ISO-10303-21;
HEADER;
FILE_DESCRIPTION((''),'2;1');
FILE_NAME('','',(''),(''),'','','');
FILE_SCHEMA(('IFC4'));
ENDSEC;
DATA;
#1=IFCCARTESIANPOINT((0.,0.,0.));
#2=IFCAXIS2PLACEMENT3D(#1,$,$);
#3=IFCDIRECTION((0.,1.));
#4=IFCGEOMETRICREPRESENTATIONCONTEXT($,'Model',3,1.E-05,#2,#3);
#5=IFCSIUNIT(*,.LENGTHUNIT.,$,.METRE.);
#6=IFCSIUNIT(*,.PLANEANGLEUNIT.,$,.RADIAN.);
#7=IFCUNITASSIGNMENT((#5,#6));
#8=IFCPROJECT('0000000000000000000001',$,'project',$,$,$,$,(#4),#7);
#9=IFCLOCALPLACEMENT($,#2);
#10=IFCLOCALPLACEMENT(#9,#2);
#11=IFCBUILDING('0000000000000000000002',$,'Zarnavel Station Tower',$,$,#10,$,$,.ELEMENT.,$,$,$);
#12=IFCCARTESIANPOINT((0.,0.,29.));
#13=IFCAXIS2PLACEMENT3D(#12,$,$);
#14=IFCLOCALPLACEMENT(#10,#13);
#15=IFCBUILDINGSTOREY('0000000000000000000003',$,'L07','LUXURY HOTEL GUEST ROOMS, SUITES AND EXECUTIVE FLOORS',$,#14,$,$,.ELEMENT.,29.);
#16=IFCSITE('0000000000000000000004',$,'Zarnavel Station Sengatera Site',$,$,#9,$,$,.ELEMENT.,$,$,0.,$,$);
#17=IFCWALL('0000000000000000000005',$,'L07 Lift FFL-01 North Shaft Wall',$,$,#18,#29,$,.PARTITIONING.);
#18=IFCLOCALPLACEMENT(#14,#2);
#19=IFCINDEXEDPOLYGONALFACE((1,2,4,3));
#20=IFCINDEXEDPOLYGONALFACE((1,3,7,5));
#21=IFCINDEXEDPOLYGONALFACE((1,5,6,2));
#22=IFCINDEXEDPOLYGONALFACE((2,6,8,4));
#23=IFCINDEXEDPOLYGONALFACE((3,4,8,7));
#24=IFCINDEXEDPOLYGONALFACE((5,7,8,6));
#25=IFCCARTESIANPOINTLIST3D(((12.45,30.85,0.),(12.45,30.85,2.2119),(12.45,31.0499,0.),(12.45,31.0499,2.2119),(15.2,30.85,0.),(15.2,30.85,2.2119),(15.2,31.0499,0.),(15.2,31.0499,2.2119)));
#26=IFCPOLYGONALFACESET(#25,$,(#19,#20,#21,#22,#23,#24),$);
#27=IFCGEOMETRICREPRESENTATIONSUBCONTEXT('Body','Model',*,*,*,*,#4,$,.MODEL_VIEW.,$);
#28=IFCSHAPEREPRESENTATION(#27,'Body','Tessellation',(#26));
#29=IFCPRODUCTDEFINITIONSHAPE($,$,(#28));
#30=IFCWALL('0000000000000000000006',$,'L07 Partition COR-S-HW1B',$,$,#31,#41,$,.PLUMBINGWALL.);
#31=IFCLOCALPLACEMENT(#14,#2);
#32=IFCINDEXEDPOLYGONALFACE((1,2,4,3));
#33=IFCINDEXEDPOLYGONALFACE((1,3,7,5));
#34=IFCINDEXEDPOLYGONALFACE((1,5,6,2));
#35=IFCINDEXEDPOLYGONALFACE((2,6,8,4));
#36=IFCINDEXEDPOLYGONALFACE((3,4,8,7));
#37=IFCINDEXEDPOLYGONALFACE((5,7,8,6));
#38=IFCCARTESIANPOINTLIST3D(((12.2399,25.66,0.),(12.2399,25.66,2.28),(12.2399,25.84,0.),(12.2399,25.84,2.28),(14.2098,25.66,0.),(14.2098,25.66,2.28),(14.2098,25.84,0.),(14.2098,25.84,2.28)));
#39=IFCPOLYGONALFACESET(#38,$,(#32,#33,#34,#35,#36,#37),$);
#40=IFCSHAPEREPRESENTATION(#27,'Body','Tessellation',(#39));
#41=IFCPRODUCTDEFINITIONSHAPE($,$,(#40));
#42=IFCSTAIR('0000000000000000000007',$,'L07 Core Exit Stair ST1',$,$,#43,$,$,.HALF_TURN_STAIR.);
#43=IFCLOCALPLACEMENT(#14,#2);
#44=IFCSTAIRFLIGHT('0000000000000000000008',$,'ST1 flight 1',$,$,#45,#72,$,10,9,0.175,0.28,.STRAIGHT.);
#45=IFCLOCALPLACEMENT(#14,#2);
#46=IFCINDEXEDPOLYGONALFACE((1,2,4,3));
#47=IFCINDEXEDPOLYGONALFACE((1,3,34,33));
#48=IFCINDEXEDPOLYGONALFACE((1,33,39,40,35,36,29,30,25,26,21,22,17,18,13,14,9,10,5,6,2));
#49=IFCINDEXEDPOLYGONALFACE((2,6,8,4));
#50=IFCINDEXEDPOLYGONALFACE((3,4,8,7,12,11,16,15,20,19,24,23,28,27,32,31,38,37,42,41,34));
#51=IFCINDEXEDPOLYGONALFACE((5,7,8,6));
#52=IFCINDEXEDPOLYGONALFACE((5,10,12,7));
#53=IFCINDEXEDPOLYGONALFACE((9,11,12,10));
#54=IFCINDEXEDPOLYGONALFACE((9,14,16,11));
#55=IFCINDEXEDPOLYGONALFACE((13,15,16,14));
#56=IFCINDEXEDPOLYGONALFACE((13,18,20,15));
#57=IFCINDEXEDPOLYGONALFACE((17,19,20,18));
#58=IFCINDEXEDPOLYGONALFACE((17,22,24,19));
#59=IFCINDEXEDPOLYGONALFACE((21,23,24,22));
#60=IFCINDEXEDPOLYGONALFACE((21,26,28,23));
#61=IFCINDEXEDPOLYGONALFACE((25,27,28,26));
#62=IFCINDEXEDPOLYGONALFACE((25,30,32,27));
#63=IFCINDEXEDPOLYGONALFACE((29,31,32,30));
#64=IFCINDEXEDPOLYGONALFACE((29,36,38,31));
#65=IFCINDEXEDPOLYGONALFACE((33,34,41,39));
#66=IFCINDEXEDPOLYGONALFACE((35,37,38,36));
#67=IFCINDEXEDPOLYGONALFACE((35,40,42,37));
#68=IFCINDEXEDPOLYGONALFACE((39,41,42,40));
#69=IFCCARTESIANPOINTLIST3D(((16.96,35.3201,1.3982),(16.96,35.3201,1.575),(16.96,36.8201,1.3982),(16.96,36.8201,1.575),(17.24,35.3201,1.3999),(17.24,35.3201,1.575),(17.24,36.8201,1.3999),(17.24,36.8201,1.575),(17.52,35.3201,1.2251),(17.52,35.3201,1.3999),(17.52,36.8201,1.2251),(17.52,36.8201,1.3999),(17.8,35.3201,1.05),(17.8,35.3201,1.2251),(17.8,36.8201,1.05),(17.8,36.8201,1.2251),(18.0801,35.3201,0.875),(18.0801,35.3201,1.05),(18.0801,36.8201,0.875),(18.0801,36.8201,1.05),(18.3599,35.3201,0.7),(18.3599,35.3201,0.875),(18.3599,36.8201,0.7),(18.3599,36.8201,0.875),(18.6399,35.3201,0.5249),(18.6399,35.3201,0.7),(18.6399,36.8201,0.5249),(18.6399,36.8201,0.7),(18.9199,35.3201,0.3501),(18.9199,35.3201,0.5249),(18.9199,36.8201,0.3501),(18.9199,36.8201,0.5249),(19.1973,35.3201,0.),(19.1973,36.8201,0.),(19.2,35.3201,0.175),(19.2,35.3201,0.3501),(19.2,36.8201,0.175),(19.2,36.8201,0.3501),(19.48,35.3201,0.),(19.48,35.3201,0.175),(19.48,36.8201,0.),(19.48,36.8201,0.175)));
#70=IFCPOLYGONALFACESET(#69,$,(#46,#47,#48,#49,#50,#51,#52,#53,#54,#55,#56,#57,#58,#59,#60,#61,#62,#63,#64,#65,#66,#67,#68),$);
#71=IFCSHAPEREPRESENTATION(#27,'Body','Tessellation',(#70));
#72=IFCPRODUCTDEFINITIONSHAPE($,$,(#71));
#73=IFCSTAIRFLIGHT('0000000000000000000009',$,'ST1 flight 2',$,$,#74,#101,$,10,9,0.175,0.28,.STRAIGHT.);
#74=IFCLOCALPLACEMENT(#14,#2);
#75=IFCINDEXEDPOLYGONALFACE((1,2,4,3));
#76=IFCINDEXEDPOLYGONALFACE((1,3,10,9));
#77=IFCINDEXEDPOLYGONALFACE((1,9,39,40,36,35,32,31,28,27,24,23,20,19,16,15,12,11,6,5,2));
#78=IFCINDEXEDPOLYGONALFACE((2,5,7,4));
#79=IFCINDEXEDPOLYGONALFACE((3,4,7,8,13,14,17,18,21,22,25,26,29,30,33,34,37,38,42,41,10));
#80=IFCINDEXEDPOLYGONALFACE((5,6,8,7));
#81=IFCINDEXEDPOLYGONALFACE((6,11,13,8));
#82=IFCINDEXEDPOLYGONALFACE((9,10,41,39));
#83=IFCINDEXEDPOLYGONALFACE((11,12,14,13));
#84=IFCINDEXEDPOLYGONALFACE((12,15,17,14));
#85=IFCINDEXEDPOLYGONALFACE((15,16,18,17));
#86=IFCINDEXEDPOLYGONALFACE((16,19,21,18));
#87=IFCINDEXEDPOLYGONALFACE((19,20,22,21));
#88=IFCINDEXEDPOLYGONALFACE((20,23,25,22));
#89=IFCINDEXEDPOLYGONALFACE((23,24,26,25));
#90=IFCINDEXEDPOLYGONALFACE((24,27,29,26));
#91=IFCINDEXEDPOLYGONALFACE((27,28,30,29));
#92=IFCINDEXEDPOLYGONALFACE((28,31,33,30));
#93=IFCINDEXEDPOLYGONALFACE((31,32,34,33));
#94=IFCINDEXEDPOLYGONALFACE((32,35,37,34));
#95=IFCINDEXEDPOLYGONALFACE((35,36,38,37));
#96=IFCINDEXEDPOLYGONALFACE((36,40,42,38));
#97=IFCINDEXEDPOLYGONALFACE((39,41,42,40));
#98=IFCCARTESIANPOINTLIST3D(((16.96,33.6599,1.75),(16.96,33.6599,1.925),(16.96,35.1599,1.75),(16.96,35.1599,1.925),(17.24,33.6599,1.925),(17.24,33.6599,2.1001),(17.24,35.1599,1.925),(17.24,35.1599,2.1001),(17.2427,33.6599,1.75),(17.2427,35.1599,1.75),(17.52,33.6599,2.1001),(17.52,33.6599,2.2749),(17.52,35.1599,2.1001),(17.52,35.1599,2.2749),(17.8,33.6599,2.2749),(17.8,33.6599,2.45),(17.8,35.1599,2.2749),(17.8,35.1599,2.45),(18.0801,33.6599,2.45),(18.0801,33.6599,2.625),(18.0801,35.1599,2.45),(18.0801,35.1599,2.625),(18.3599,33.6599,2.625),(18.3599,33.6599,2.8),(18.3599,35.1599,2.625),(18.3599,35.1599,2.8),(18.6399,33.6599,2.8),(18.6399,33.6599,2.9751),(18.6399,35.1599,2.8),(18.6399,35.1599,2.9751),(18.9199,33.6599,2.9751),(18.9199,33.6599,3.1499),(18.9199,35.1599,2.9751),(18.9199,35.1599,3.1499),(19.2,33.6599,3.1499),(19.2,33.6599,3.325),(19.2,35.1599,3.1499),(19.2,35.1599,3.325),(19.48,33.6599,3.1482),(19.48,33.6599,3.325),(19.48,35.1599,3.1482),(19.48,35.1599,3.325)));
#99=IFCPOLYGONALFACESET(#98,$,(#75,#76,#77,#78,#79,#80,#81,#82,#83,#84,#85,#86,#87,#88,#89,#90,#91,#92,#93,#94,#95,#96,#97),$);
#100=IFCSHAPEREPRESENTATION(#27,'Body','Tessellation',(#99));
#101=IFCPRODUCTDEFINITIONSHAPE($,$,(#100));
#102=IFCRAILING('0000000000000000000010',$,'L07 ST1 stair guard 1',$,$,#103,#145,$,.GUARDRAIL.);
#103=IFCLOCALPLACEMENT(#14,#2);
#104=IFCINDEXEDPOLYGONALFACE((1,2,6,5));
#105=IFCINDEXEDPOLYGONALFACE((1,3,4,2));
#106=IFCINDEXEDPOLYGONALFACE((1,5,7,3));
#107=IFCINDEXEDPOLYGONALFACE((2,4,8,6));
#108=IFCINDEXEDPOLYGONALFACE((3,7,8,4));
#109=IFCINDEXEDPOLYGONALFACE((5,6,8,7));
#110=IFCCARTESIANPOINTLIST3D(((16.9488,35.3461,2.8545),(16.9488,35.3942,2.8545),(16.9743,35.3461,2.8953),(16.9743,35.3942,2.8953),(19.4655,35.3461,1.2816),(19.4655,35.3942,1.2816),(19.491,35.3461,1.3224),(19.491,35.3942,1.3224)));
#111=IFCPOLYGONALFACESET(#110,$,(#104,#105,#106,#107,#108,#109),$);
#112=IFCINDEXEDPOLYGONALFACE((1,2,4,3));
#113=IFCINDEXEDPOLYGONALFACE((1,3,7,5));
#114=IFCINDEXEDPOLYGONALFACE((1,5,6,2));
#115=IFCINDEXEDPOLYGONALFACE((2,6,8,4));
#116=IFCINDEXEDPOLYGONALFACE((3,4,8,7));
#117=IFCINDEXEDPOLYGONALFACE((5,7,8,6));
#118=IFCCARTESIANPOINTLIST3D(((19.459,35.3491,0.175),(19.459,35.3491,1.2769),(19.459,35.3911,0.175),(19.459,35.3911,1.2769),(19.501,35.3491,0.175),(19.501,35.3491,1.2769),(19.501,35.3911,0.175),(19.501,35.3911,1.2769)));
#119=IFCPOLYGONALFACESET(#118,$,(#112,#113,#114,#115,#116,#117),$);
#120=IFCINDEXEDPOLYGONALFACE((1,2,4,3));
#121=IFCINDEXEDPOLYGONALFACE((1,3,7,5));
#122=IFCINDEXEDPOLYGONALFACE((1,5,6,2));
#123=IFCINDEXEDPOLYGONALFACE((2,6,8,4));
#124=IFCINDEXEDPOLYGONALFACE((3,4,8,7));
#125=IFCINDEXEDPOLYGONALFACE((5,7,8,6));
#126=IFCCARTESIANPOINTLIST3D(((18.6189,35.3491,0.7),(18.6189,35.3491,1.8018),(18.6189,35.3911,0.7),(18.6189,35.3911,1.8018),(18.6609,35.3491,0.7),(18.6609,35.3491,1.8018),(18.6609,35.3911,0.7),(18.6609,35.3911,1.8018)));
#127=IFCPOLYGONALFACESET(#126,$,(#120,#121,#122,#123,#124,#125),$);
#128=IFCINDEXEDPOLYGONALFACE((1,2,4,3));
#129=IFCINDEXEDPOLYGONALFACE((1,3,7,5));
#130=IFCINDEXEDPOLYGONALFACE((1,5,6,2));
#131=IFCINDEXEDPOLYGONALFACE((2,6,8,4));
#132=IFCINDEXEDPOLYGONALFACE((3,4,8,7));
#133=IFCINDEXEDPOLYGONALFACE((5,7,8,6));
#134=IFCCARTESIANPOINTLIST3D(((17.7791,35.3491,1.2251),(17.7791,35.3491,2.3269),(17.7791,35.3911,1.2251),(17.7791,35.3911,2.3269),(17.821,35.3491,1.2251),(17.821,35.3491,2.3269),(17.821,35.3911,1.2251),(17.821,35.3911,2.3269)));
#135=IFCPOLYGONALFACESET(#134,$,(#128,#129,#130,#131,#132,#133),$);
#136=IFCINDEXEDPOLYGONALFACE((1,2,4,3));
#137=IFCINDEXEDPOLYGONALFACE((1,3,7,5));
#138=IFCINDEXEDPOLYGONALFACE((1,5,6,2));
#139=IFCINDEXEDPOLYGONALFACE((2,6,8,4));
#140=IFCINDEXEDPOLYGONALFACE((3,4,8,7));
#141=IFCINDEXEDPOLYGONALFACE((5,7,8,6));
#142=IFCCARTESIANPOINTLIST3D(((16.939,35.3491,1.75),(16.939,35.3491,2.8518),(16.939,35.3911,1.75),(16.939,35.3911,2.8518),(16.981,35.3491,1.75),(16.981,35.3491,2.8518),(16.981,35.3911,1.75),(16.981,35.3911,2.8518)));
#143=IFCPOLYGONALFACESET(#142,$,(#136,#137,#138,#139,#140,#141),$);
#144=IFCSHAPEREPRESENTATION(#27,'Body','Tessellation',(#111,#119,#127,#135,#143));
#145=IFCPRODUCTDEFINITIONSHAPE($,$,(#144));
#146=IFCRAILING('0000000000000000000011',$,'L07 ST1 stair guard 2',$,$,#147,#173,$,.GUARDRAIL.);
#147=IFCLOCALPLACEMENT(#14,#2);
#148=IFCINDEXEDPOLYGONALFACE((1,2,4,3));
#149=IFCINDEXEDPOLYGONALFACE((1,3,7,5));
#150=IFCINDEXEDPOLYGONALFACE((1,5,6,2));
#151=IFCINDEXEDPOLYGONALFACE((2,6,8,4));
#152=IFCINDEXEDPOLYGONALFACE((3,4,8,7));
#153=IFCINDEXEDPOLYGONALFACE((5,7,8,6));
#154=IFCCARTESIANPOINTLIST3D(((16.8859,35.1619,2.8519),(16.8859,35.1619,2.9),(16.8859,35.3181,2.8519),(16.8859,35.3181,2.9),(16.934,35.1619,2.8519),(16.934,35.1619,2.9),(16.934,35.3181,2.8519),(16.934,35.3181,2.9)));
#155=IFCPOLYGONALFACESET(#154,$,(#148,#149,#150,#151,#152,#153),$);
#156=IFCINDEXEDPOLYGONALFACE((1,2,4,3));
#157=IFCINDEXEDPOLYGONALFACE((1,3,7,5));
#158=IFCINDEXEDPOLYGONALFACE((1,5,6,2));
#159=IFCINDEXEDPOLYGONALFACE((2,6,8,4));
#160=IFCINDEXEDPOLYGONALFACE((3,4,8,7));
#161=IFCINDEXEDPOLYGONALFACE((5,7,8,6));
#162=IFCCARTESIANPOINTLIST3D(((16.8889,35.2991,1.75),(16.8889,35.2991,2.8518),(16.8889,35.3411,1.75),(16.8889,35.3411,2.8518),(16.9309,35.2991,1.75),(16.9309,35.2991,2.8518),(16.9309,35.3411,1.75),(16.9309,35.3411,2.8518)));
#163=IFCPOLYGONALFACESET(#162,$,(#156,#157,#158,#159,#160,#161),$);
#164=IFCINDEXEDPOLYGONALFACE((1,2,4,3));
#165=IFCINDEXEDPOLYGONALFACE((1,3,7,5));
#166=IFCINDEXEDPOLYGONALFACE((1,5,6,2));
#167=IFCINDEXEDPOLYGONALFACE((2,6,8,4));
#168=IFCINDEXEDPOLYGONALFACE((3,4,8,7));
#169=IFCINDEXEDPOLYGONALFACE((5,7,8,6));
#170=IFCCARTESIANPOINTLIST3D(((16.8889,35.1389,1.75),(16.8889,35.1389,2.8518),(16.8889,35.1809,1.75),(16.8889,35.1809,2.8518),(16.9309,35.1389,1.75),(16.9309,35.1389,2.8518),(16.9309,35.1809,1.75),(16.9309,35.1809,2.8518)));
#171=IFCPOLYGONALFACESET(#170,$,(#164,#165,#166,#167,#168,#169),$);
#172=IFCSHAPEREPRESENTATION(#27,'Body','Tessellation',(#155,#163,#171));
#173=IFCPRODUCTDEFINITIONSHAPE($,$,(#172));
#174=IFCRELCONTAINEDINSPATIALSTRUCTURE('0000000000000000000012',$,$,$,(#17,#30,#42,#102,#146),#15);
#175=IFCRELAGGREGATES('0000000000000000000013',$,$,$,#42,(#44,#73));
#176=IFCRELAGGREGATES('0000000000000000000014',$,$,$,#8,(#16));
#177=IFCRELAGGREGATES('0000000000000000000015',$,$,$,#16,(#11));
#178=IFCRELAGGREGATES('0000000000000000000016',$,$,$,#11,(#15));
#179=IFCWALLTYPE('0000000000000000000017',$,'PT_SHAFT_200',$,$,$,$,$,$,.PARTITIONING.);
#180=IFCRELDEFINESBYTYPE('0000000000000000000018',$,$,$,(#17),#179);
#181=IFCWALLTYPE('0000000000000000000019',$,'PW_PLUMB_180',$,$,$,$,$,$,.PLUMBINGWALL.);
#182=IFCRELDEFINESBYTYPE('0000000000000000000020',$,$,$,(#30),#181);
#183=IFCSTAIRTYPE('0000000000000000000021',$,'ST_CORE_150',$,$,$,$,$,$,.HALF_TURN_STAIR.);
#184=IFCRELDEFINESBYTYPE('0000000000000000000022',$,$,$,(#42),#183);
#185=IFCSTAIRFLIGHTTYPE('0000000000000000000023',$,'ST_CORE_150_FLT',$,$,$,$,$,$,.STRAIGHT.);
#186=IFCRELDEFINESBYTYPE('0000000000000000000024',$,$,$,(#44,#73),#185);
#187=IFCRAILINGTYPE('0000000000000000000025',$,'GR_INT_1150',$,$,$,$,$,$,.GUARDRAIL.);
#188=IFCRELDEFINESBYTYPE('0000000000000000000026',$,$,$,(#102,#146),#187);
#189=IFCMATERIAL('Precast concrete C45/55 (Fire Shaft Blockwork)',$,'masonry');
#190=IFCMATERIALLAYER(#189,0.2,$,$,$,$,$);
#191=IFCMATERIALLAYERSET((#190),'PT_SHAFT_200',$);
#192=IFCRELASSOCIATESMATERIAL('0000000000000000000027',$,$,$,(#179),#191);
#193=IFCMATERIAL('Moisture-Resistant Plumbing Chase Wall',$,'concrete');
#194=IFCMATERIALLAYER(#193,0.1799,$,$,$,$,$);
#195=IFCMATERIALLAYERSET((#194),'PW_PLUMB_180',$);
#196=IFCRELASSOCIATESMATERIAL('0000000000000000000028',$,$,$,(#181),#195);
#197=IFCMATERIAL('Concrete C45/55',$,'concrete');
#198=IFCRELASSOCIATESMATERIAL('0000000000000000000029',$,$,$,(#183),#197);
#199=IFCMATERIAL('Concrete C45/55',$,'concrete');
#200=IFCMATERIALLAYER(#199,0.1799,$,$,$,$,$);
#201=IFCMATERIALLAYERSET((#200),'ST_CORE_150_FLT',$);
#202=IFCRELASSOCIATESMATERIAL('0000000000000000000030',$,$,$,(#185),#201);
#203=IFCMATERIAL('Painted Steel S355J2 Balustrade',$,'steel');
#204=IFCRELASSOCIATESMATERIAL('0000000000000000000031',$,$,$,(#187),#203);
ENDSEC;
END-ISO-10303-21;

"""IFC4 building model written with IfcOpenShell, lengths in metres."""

from ifc_helpers import new_model, si_unit, direction, frame, frame_2d, origin, origin_2d, place, context, subcontext, project, spatial, polyline, rectangle, outline, extrude, material, layer, layer_set, type_object, element, aggregate, save


model = new_model("IFC4")

# Units and contexts
model_context = context("Model", 3, precision=1e-05, world=origin(), true_north=direction((0.0, 1.0)))
body_context = subcontext(model_context, "Body", "Model", "MODEL_VIEW")
ifc_project = project(units=[si_unit("LENGTHUNIT", "METRE"), si_unit("PLANEANGLEUNIT", "RADIAN")], contexts=[model_context])

# Site, building, storey
site_placement = place(None, origin())
site = spatial("IfcSite", under=ifc_project, at=site_placement, Name="Zarnavel Station Sengatera Site", CompositionType="ELEMENT", RefElevation=0.0)
building_placement = place(site_placement, origin())
building = spatial("IfcBuilding", under=site, at=building_placement, Name="Zarnavel Station Tower", CompositionType="ELEMENT")
storey_placement = place(building_placement, frame((0.0, 0.0, 29.0)))
storey = spatial("IfcBuildingStorey", under=building, at=storey_placement, Name="L07", Description="LUXURY HOTEL GUEST ROOMS, SUITES AND EXECUTIVE FLOORS", CompositionType="ELEMENT", Elevation=29.0)

# Shared definitions
ifc_material_1 = material(Name="Precast concrete C45/55 (Fire Shaft Blockwork)", Category="masonry")
ifc_layer_1 = layer(ifc_material_1, 0.2)
ifc_layer_set_1 = layer_set([ifc_layer_1], Name="PT_SHAFT_200")
wall_type_1 = type_object("IfcWallType", Name="PT_SHAFT_200", PredefinedType="PARTITIONING", material=ifc_layer_set_1)

# Walls
wall_1_placement = place(storey_placement, frame((12.45, 30.95, 0.0), z_axis=(0.0, 0.0, 1.0), x_axis=(1.0, 0.0, 0.0)))
element("IfcWall", 1, at=wall_1_placement, inside=storey, type_object=wall_type_1, Name="L07 Lift FFL-01 North Shaft Wall", PredefinedType="PARTITIONING", context=body_context, shape_type="SweptSolid", body=[
    extrude(rectangle(XDim=2.75, YDim=0.2, at=frame_2d((1.375, 0.0))), origin(), (0.0, 0.0, 1.0), 2.2119),
])
ifc_material_2 = material(Name="Moisture-Resistant Plumbing Chase Wall", Category="concrete")
ifc_layer_2 = layer(ifc_material_2, 0.1799)
ifc_layer_set_2 = layer_set([ifc_layer_2], Name="PW_PLUMB_180")
wall_type_2 = type_object("IfcWallType", Name="PW_PLUMB_180", PredefinedType="PLUMBINGWALL", material=ifc_layer_set_2)
wall_2_placement = place(storey_placement, frame((12.24, 25.75, 0.0), z_axis=(0.0, 0.0, 1.0), x_axis=(1.0, 0.0, 0.0)))
element("IfcWall", 2, at=wall_2_placement, inside=storey, type_object=wall_type_2, Name="L07 Partition COR-S-HW1B", PredefinedType="PLUMBINGWALL", context=body_context, shape_type="SweptSolid", body=[
    extrude(rectangle(XDim=1.97, YDim=0.1799, at=frame_2d((0.9849, 0.0))), origin(), (0.0, 0.0, 1.0), 2.28),
])

# Stair, stair flights
ifc_material_3 = material(Name="Concrete C45/55", Category="concrete")
stair_type = type_object("IfcStairType", Name="ST_CORE_150", PredefinedType="HALF_TURN_STAIR", material=ifc_material_3)
stair_placement = place(storey_placement, origin())
stair = element("IfcStair", 3, at=stair_placement, inside=storey, type_object=stair_type, Name="L07 Core Exit Stair ST1", PredefinedType="HALF_TURN_STAIR")
ifc_material_4 = material(Name="Concrete C45/55", Category="concrete")
ifc_layer_3 = layer(ifc_material_4, 0.1799)
ifc_layer_set_3 = layer_set([ifc_layer_3], Name="ST_CORE_150_FLT")
stair_flight_type = type_object("IfcStairFlightType", Name="ST_CORE_150_FLT", PredefinedType="STRAIGHT", material=ifc_layer_set_3)
stair_flight_1_placement = place(storey_placement, frame((19.48, 36.0701, 0.0), z_axis=(0.0, 0.0, 1.0), x_axis=(-1.0, 0.0, 0.0)))
stair_flight_1 = element("IfcStairFlight", 4, at=stair_flight_1_placement, type_object=stair_flight_type, Name="ST1 flight 1", NumberOfRisers=10, NumberOfTreads=9, PredefinedType="STRAIGHT", RiserHeight=0.175, TreadLength=0.28, context=body_context, shape_type="SweptSolid", body=[
    extrude(outline(polyline([(0.0, 0.0), (0.0, 0.175), (0.28, 0.175), (0.28, 0.3501), (0.5601, 0.3501), (0.5601, 0.5249), (0.8401, 0.5249), (0.8401, 0.7), (1.1201, 0.7), (1.1201, 0.875), (1.3999, 0.875), (1.3999, 1.05), (1.6799, 1.05), (1.6799, 1.2251), (1.96, 1.2251), (1.96, 1.3999), (2.24, 1.3999), (2.24, 1.575), (2.52, 1.575), (2.52, 1.75), (2.52, 1.3982), (0.2827, 0.0), (0.0, 0.0)])), frame((0.0, 0.75, 0.0), z_axis=(0.0, -1.0, 0.0), x_axis=(1.0, 0.0, 0.0)), (0.0, 0.0, 1.0), 1.5),
])
stair_flight_2_placement = place(storey_placement, frame((16.96, 34.4099, 1.75), z_axis=(0.0, 0.0, 1.0), x_axis=(1.0, 0.0, 0.0)))
stair_flight_2 = element("IfcStairFlight", 5, at=stair_flight_2_placement, type_object=stair_flight_type, Name="ST1 flight 2", NumberOfRisers=10, NumberOfTreads=9, PredefinedType="STRAIGHT", RiserHeight=0.175, TreadLength=0.28, context=body_context, shape_type="SweptSolid", body=[
    extrude(outline(polyline([(0.0, 0.0), (0.0, 0.175), (0.28, 0.175), (0.28, 0.3501), (0.5601, 0.3501), (0.5601, 0.5249), (0.8401, 0.5249), (0.8401, 0.7), (1.1201, 0.7), (1.1201, 0.875), (1.3999, 0.875), (1.3999, 1.05), (1.6799, 1.05), (1.6799, 1.2251), (1.96, 1.2251), (1.96, 1.3999), (2.24, 1.3999), (2.24, 1.575), (2.52, 1.575), (2.52, 1.75), (2.52, 1.3982), (0.2827, 0.0), (0.0, 0.0)])), frame((0.0, 0.75, 0.0), z_axis=(0.0, -1.0, 0.0), x_axis=(1.0, 0.0, 0.0)), (0.0, 0.0, 1.0), 1.5),
])
aggregate(stair, [stair_flight_1, stair_flight_2])

# Railings
ifc_material_5 = material(Name="Painted Steel S355J2 Balustrade", Category="steel")
railing_type_1 = type_object("IfcRailingType", Name="GR_INT_1150", PredefinedType="GUARDRAIL", material=ifc_material_5)
railing_1_placement = place(storey_placement, frame((19.48, 35.3701, 0.175)))
element("IfcRailing", 6, at=railing_1_placement, inside=storey, type_object=railing_type_1, Name="L07 ST1 stair guard 1", PredefinedType="GUARDRAIL", context=body_context, shape_type="SweptSolid", body=[
    extrude(rectangle(XDim=0.0481, YDim=0.0481, at=origin_2d()), frame((-0.0017, 0.0, 1.127), z_axis=(-0.848008, 0.0, 0.529984), x_axis=(0.0, -1.0, 0.0)), (0.0, 0.0, 1.0), 2.9678),
    extrude(rectangle(XDim=0.042, YDim=0.042, at=origin_2d()), origin(), (0.0, 0.0, 1.0), 1.1018),
    extrude(rectangle(XDim=0.042, YDim=0.042, at=origin_2d()), frame((-0.8401, 0.0, 0.5249)), (0.0, 0.0, 1.0), 1.1018),
    extrude(rectangle(XDim=0.042, YDim=0.042, at=origin_2d()), frame((-1.6799, 0.0, 1.05)), (0.0, 0.0, 1.0), 1.1018),
    extrude(rectangle(XDim=0.042, YDim=0.042, at=origin_2d()), frame((-2.52, 0.0, 1.575)), (0.0, 0.0, 1.0), 1.1018),
])
railing_2_placement = place(storey_placement, frame((16.9099, 35.3201, 1.75)))
element("IfcRailing", 7, at=railing_2_placement, inside=storey, type_object=railing_type_1, Name="L07 ST1 stair guard 2", PredefinedType="GUARDRAIL", context=body_context, shape_type="SweptSolid", body=[
    extrude(rectangle(XDim=0.0481, YDim=0.0481, at=origin_2d()), frame((0.0, -0.002, 1.126), z_axis=(0.0, -1.0, 0.0), x_axis=(1.0, 0.0, 0.0)), (0.0, 0.0, 1.0), 0.1562),
    extrude(rectangle(XDim=0.042, YDim=0.042, at=origin_2d()), origin(), (0.0, 0.0, 1.0), 1.1018),
    extrude(rectangle(XDim=0.042, YDim=0.042, at=origin_2d()), frame((0.0, -0.1602, 0.0)), (0.0, 0.0, 1.0), 1.1018),
])

save(model, "model.ifc")
